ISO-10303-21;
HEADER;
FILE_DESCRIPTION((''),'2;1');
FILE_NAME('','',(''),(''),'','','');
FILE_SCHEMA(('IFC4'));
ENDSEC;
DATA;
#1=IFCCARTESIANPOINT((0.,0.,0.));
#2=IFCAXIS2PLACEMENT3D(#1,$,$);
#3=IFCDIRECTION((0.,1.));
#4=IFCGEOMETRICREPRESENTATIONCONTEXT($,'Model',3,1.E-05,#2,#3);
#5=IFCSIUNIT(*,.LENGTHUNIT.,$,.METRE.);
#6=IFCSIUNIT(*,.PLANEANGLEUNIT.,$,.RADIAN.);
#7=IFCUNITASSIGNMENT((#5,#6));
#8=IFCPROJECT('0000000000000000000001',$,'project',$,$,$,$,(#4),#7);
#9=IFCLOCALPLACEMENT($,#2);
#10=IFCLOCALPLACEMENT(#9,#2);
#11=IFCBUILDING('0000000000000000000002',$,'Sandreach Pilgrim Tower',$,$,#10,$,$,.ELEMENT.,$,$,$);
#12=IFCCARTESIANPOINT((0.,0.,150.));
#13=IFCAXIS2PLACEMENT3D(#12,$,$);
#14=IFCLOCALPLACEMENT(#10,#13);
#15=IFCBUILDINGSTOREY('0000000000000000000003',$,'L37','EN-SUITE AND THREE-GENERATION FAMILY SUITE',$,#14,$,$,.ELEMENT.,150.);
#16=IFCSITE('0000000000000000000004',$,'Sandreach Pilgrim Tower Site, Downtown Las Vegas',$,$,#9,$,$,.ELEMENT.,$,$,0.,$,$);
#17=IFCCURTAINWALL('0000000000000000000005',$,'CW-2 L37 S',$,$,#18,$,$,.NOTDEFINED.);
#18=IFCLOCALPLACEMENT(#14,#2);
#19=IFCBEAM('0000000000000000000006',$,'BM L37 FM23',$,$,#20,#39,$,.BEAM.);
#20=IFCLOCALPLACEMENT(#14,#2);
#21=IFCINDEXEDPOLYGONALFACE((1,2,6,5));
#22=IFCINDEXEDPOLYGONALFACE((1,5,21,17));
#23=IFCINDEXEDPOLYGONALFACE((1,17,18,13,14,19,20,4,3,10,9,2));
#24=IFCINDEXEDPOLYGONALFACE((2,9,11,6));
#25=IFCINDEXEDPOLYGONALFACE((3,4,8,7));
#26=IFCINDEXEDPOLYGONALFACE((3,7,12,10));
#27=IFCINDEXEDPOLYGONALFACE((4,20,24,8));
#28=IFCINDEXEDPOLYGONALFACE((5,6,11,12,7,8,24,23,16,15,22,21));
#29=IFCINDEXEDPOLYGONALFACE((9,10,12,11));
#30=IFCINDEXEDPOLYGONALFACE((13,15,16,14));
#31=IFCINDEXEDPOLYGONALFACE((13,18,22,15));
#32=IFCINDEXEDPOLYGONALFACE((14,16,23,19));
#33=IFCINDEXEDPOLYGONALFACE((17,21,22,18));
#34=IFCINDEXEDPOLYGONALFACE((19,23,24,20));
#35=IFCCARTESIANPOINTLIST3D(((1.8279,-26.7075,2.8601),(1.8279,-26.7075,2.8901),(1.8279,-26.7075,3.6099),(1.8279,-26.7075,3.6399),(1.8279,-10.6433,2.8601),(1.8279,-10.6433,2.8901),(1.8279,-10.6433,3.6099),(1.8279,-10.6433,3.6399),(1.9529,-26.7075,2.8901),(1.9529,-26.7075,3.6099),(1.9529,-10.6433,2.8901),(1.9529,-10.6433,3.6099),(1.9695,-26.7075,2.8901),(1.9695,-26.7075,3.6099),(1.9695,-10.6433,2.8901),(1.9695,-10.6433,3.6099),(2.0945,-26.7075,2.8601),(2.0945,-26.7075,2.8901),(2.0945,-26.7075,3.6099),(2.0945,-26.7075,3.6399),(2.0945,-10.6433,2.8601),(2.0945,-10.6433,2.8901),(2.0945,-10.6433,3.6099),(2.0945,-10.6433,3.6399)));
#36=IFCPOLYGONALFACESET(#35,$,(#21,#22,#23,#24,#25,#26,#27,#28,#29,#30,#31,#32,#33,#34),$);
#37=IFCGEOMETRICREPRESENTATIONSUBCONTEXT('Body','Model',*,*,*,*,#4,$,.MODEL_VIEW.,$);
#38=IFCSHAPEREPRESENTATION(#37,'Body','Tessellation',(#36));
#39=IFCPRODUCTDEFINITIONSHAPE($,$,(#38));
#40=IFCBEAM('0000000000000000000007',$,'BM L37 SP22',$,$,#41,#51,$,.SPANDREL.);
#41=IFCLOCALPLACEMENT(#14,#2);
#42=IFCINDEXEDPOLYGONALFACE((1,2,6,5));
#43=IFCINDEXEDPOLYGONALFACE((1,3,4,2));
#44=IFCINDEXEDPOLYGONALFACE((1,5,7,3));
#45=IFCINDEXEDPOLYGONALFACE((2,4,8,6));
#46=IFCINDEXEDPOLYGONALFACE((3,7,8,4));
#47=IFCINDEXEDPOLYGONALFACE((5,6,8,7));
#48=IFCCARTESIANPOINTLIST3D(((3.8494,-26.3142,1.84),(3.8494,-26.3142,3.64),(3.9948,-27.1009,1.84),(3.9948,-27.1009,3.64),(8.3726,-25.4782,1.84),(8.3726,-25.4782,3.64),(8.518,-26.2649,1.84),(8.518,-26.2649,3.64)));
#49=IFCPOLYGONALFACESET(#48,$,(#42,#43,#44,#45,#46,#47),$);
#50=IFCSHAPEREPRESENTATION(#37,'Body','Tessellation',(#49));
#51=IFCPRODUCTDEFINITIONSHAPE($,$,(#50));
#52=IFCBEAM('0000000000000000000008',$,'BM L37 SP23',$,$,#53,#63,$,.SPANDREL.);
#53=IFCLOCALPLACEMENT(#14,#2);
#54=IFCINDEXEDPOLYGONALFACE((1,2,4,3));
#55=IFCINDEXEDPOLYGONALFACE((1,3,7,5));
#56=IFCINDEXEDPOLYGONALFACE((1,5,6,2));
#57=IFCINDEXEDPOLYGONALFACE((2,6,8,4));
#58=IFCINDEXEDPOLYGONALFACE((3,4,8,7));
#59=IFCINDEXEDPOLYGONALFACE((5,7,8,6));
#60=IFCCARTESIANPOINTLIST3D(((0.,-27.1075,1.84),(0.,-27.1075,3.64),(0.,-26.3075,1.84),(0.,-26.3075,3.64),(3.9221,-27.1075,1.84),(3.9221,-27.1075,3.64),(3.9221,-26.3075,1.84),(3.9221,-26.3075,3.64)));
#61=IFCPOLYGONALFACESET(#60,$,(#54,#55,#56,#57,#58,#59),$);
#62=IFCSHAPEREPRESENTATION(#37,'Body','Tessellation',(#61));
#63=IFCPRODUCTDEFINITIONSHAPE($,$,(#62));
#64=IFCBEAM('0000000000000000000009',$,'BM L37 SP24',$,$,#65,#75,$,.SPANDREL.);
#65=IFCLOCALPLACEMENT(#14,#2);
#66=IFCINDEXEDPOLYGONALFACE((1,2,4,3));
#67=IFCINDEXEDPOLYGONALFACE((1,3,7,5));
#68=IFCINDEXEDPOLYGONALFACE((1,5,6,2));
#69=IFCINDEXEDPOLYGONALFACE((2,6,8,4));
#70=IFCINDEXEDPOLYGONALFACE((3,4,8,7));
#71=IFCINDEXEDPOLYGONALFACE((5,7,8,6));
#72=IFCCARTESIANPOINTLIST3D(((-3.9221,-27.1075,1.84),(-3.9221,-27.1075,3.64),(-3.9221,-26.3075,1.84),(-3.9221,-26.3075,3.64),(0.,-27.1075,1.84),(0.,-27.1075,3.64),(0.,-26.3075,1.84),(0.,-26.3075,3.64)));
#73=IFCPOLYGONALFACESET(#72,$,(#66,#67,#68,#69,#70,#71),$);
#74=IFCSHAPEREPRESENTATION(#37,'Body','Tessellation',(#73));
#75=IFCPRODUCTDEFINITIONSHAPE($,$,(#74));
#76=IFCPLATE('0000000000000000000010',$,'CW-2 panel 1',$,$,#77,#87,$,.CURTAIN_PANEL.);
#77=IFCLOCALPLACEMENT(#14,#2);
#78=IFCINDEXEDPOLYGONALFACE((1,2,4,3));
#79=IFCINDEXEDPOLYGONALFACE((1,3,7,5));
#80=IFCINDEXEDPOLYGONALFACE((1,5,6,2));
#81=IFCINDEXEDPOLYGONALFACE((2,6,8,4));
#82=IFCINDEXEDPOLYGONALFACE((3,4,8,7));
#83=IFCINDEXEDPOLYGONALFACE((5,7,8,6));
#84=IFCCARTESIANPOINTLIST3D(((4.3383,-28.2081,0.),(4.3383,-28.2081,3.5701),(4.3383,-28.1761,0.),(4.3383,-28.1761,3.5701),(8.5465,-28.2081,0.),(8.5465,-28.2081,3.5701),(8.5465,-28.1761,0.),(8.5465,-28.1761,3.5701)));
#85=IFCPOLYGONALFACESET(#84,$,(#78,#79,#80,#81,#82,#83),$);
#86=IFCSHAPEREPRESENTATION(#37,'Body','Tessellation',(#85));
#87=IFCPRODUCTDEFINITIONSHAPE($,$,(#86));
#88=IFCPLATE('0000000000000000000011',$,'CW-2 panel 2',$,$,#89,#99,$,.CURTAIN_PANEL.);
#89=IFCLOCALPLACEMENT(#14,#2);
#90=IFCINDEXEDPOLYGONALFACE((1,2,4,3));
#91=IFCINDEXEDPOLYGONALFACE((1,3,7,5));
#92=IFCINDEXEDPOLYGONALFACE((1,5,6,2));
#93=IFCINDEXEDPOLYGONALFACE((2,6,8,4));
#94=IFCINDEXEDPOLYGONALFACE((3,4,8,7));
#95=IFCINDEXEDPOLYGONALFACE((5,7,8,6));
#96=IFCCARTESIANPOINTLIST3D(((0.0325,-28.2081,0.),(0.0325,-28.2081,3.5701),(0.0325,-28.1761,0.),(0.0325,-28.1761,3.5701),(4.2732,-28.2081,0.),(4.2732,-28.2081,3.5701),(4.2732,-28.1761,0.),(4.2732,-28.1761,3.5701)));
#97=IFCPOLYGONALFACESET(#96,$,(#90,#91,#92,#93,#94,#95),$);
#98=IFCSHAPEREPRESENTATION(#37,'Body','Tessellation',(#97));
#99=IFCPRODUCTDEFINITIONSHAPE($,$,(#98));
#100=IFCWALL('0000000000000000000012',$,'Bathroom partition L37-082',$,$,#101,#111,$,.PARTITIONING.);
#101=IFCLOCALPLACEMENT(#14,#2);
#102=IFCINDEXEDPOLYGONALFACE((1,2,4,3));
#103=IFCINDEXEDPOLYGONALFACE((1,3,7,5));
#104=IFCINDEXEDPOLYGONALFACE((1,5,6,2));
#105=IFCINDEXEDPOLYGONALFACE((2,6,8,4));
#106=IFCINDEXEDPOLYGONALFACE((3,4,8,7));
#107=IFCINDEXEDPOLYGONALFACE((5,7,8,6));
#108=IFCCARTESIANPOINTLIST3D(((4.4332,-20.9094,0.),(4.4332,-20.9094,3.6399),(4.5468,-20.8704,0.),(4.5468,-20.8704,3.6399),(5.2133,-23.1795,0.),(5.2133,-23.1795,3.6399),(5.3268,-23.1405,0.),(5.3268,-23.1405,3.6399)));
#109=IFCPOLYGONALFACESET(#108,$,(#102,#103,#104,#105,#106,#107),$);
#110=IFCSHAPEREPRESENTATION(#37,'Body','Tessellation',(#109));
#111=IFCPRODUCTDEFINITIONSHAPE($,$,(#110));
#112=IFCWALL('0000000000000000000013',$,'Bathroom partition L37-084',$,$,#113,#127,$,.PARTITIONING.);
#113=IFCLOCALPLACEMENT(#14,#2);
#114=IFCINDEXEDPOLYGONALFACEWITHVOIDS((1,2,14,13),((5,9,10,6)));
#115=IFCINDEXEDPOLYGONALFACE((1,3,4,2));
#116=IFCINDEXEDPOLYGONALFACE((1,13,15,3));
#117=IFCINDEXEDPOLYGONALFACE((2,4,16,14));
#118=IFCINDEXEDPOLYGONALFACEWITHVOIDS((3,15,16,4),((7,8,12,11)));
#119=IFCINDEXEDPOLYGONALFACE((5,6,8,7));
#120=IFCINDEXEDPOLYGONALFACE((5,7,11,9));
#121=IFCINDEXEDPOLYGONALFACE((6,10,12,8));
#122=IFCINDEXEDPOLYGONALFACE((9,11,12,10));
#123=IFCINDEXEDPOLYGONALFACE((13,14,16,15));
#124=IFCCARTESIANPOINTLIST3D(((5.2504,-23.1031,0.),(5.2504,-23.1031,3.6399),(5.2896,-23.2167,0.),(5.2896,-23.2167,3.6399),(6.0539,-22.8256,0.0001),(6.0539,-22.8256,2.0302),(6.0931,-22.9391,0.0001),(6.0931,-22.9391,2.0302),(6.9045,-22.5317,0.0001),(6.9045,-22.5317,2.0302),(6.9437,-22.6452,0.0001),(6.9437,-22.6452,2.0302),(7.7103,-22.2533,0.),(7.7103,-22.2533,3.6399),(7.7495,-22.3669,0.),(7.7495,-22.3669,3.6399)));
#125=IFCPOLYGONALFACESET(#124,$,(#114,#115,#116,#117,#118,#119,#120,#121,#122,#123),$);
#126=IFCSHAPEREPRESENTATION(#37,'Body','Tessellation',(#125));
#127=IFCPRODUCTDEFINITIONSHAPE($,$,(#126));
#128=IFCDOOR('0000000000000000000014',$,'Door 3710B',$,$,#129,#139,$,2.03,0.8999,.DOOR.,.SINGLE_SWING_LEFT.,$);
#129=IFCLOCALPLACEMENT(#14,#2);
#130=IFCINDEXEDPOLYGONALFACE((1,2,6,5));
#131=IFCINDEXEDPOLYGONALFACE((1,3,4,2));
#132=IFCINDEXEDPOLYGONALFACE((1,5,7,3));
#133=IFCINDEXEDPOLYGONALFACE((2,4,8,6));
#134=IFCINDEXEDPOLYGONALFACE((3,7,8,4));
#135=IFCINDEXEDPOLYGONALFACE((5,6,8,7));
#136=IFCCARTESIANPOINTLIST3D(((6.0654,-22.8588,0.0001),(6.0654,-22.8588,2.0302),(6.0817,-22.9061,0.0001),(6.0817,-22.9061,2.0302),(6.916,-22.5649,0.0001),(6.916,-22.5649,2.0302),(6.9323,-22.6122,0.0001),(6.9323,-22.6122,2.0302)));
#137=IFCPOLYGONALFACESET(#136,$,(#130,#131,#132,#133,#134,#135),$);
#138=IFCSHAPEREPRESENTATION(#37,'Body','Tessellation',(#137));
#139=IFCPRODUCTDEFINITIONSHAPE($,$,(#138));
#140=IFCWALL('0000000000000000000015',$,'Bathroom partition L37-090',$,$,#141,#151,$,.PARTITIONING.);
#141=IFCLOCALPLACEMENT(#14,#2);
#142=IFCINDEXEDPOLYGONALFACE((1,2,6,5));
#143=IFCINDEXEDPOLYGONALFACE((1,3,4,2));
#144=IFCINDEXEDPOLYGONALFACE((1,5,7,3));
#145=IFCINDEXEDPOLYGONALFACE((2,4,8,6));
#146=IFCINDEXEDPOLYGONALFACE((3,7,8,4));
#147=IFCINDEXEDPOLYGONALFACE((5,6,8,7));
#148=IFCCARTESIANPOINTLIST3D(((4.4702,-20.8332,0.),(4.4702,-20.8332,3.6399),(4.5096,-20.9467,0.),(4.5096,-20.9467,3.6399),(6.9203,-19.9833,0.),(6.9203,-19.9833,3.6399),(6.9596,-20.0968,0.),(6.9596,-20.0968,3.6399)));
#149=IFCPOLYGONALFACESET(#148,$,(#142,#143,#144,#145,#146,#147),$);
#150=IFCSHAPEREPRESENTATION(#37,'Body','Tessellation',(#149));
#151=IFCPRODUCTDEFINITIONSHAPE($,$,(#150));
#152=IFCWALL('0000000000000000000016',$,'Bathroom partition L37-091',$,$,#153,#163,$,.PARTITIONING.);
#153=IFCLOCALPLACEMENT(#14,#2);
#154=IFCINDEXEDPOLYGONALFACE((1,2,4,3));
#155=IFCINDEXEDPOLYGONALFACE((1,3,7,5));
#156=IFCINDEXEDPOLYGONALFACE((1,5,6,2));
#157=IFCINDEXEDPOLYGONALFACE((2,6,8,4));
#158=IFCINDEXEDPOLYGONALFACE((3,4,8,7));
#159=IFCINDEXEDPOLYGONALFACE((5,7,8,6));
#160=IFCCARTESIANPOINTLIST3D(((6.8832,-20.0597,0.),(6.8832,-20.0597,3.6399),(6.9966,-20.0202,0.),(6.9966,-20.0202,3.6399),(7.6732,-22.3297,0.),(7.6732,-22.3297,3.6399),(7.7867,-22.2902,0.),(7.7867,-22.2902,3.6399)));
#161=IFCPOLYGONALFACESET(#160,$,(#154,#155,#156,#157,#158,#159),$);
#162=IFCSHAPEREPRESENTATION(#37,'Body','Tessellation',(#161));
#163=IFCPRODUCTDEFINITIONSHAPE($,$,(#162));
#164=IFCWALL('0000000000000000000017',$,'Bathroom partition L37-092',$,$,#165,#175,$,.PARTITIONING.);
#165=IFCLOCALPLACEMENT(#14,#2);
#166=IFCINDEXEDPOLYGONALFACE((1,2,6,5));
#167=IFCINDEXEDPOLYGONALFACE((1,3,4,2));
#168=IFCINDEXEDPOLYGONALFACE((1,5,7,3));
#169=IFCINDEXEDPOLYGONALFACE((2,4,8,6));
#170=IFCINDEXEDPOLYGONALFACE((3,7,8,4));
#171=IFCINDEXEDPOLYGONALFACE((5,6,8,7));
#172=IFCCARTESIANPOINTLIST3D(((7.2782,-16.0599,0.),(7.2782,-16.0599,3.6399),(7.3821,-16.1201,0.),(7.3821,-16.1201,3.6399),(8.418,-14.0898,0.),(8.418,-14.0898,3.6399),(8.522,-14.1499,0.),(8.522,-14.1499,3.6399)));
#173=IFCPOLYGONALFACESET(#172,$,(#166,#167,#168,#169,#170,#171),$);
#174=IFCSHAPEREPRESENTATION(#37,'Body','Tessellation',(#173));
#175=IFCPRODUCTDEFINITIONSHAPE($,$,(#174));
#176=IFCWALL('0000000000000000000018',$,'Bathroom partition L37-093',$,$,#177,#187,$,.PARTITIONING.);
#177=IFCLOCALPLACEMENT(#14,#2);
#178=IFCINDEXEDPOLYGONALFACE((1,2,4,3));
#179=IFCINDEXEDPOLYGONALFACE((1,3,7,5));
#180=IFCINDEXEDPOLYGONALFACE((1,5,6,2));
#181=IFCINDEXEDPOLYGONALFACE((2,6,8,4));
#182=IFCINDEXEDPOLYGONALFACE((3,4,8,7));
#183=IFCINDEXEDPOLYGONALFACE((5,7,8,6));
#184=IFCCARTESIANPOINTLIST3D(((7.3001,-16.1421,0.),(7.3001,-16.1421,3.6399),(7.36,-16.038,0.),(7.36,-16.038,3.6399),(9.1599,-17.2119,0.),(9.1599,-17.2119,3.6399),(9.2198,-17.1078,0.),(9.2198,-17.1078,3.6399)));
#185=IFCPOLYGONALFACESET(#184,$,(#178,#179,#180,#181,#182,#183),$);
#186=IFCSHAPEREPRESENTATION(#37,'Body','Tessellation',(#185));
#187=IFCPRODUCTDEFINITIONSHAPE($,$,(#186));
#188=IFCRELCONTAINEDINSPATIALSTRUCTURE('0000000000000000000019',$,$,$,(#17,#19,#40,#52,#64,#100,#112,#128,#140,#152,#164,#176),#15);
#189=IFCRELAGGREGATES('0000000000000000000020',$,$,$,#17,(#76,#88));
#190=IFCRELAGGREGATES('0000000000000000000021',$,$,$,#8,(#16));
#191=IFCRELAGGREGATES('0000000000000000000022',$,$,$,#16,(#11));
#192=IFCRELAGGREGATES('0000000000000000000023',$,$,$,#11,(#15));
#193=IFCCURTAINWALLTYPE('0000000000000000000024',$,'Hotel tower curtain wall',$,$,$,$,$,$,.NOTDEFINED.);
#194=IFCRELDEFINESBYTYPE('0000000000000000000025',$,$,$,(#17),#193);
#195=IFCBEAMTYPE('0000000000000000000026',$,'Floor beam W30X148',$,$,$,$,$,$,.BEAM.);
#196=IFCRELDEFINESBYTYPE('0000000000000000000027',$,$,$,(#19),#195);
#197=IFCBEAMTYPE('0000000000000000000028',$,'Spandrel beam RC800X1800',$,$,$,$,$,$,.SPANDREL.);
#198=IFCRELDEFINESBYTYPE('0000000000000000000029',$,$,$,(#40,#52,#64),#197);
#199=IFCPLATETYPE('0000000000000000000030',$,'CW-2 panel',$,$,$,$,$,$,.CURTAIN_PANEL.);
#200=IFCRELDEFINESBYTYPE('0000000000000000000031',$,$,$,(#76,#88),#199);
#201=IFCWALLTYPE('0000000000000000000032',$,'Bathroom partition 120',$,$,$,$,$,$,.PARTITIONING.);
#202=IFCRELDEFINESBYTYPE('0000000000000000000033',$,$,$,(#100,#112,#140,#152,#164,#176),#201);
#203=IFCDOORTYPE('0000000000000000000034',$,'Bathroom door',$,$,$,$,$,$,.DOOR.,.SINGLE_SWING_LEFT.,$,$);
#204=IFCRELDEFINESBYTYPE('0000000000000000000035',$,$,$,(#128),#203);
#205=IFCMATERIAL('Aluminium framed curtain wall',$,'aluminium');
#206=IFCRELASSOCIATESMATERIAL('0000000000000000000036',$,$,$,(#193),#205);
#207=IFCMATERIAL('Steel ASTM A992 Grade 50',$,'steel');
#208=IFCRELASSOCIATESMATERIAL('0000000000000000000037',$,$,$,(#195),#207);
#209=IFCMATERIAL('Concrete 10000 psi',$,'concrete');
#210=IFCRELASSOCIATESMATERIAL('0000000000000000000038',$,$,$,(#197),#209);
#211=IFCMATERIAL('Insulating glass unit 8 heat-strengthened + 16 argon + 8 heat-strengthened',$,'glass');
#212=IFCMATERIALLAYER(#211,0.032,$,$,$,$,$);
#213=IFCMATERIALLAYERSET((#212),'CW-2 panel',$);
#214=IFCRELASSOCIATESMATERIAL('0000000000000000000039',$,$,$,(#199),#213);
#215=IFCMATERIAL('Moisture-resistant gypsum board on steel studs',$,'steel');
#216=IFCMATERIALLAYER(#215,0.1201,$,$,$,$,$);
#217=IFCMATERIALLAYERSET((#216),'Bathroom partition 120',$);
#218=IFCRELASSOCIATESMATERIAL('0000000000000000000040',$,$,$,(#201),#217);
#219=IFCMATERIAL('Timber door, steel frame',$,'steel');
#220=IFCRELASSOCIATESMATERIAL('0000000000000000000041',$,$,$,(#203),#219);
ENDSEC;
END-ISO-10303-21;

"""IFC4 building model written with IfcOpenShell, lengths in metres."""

from ifc_helpers import new_model, si_unit, direction, frame, frame_2d, origin, origin_2d, place, context, subcontext, project, spatial, rectangle, i_section, extrude, material, layer, layer_set, material_profile, profile_set, type_object, element, fill, aggregate, save


model = new_model("IFC4")

# Units and contexts
model_context = context("Model", 3, precision=1e-05, world=origin(), true_north=direction((0.0, 1.0)))
body_context = subcontext(model_context, "Body", "Model", "MODEL_VIEW")
ifc_project = project(units=[si_unit("LENGTHUNIT", "METRE"), si_unit("PLANEANGLEUNIT", "RADIAN")], contexts=[model_context])

# Site, building, storey
site_placement = place(None, origin())
site = spatial("IfcSite", under=ifc_project, at=site_placement, Name="Sandreach Pilgrim Tower Site, Downtown Las Vegas", CompositionType="ELEMENT", RefElevation=0.0)
building_placement = place(site_placement, origin())
building = spatial("IfcBuilding", under=site, at=building_placement, Name="Sandreach Pilgrim Tower", CompositionType="ELEMENT")
storey_placement = place(building_placement, frame((0.0, 0.0, 150.0)))
storey = spatial("IfcBuildingStorey", under=building, at=storey_placement, Name="L37", Description="EN-SUITE AND THREE-GENERATION FAMILY SUITE", CompositionType="ELEMENT", Elevation=150.0)

# Curtain wall
ifc_material_1 = material(Name="Aluminium framed curtain wall", Category="aluminium")
curtain_wall_type = type_object("IfcCurtainWallType", Name="Hotel tower curtain wall", PredefinedType="NOTDEFINED", material=ifc_material_1)
curtain_wall_placement = place(storey_placement, origin())
curtain_wall = element("IfcCurtainWall", 1, at=curtain_wall_placement, inside=storey, type_object=curtain_wall_type, Name="CW-2 L37 S", PredefinedType="NOTDEFINED")

# Beams
ifc_material_2 = material(Name="Steel ASTM A992 Grade 50", Category="steel")
ifc_material_profile_1 = material_profile(ifc_material_2, i_section(OverallWidth=0.2666, OverallDepth=0.7798, WebThickness=0.0166, FlangeThickness=0.03, at=origin_2d()), Name="W30X148")
ifc_profile_set_1 = profile_set([ifc_material_profile_1], Name="Steel ASTM A992 Grade 50")
beam_type_1 = type_object("IfcBeamType", Name="Floor beam W30X148", PredefinedType="BEAM", material=ifc_profile_set_1)
beam_1_placement = place(storey_placement, frame((1.9612, -26.7075, 3.25), z_axis=(0.0, 1.0, 0.0), x_axis=(-1.0, 0.0, 0.0)))
element("IfcBeam", 2, at=beam_1_placement, inside=storey, type_object=beam_type_1, Name="BM L37 FM23", PredefinedType="BEAM", context=body_context, shape_type="SweptSolid", body=[
    extrude(i_section(OverallWidth=0.2666, OverallDepth=0.7798, WebThickness=0.0166, FlangeThickness=0.03, at=origin_2d()), origin(), (0.0, 0.0, 1.0), 16.0642),
])
ifc_material_3 = material(Name="Concrete 10000 psi", Category="concrete")
ifc_material_profile_2 = material_profile(ifc_material_3, rectangle(XDim=0.8, YDim=1.8, at=origin_2d()), Name="RC800X1800")
ifc_profile_set_2 = profile_set([ifc_material_profile_2], Name="Concrete 10000 psi")
beam_type_2 = type_object("IfcBeamType", Name="Spandrel beam RC800X1800", PredefinedType="SPANDREL", material=ifc_profile_set_2)
beam_2_placement = place(storey_placement, frame((8.4453, -25.8716, 2.74), z_axis=(-0.983348, -0.181734, 0.0), x_axis=(0.181734, -0.983348, 0.0)))
element("IfcBeam", 3, at=beam_2_placement, inside=storey, type_object=beam_type_2, Name="BM L37 SP22", PredefinedType="SPANDREL", context=body_context, shape_type="SweptSolid", body=[
    extrude(rectangle(XDim=0.8, YDim=1.8, at=origin_2d()), origin(), (0.0, 0.0, 1.0), 4.5999),
])
for number, where, z_axis, x_axis, name in (
    (4, (3.9221, -26.7075, 2.74), (-1.0, 0.0, 0.0), (0.0, -1.0, 0.0), "BM L37 SP23"),
    (5, (0.0, -26.7075, 2.74), (-1.0, 0.0, 0.0), (0.0, -1.0, 0.0), "BM L37 SP24"),
):
    element("IfcBeam", number, at=place(storey_placement, frame(where, z_axis=z_axis, x_axis=x_axis)), inside=storey, type_object=beam_type_2, Name=name, PredefinedType="SPANDREL", context=body_context, shape_type="SweptSolid", body=[
        extrude(rectangle(XDim=0.8, YDim=1.8, at=origin_2d()), origin(), (0.0, 0.0, 1.0), 3.9221),
    ])

# Plates
ifc_material_4 = material(Name="Insulating glass unit 8 heat-strengthened + 16 argon + 8 heat-strengthened", Category="glass")
ifc_layer_1 = layer(ifc_material_4, 0.032)
ifc_layer_set_1 = layer_set([ifc_layer_1], Name="CW-2 panel")
plate_type = type_object("IfcPlateType", Name="CW-2 panel", PredefinedType="CURTAIN_PANEL", material=ifc_layer_set_1)
plate_1_placement = place(storey_placement, frame((6.4424, -28.1921, 0.0), z_axis=(0.0, 0.0, 1.0), x_axis=(-1.0, 0.0, 0.0)))
plate_1 = element("IfcPlate", 6, at=plate_1_placement, type_object=plate_type, Name="CW-2 panel 1", PredefinedType="CURTAIN_PANEL", context=body_context, shape_type="SweptSolid", body=[
    extrude(rectangle(XDim=4.2083, YDim=0.032, at=origin_2d()), origin(), (0.0, 0.0, 1.0), 3.5701),
])
plate_2_placement = place(storey_placement, frame((2.1528, -28.1921, 0.0), z_axis=(0.0, 0.0, 1.0), x_axis=(-1.0, 0.0, 0.0)))
plate_2 = element("IfcPlate", 7, at=plate_2_placement, type_object=plate_type, Name="CW-2 panel 2", PredefinedType="CURTAIN_PANEL", context=body_context, shape_type="SweptSolid", body=[
    extrude(rectangle(XDim=4.2407, YDim=0.032, at=origin_2d()), origin(), (0.0, 0.0, 1.0), 3.5701),
])
aggregate(curtain_wall, [plate_1, plate_2])

# Wall
ifc_material_5 = material(Name="Moisture-resistant gypsum board on steel studs", Category="steel")
ifc_layer_2 = layer(ifc_material_5, 0.1201)
ifc_layer_set_2 = layer_set([ifc_layer_2], Name="Bathroom partition 120")
wall_type_1 = type_object("IfcWallType", Name="Bathroom partition 120", PredefinedType="PARTITIONING", material=ifc_layer_set_2)
wall_1_placement = place(storey_placement, frame((4.49, -20.8899, 0.0), z_axis=(0.0, 0.0, 1.0), x_axis=(0.324972, -0.945724, 0.0)))
element("IfcWall", 8, at=wall_1_placement, inside=storey, type_object=wall_type_1, Name="Bathroom partition L37-082", PredefinedType="PARTITIONING", context=body_context, shape_type="SweptSolid", body=[
    extrude(rectangle(XDim=2.4004, YDim=0.1201, at=frame_2d((1.2002, 0.0))), origin(), (0.0, 0.0, 1.0), 3.6399),
])

# Wall, opening, door
wall_2_placement = place(storey_placement, frame((5.27, -23.1599, 0.0), z_axis=(0.0, 0.0, 1.0), x_axis=(0.945184, 0.326537, 0.0)))
wall_2 = element("IfcWall", 9, at=wall_2_placement, inside=storey, type_object=wall_type_1, Name="Bathroom partition L37-084", PredefinedType="PARTITIONING", context=body_context, shape_type="SweptSolid", body=[
    extrude(rectangle(XDim=2.6025, YDim=0.1201, at=frame_2d((1.3013, 0.0))), origin(), (0.0, 0.0, 1.0), 3.6399),
])
opening_1_placement = place(wall_2_placement, frame((0.8501, 0.0, 0.0)))
opening_1 = element("IfcOpeningElement", 10, at=opening_1_placement, cuts=wall_2, PredefinedType="OPENING", context=body_context, shape_type="SweptSolid", body=[
    extrude(rectangle(XDim=0.8999, YDim=2.03, at=frame_2d((0.45, 1.0151))), frame((0.0, 0.0601, 0.0), z_axis=(0.0, -1.0, 0.0), x_axis=(1.0, 0.0, 0.0)), (0.0, 0.0, 1.0), 0.1201),
])
ifc_material_6 = material(Name="Timber door, steel frame", Category="steel")
door_type_1 = type_object("IfcDoorType", Name="Bathroom door", OperationType="SINGLE_SWING_LEFT", PredefinedType="DOOR", material=ifc_material_6)
door_1_placement = place(opening_1_placement, origin())
door_1 = element("IfcDoor", 11, at=door_1_placement, inside=storey, type_object=door_type_1, Name="Door 3710B", OperationType="SINGLE_SWING_LEFT", OverallHeight=2.03, OverallWidth=0.8999, PredefinedType="DOOR", context=body_context, shape_type="SweptSolid", body=[
    extrude(rectangle(XDim=0.8999, YDim=2.03, at=frame_2d((0.45, 1.0151))), frame((0.0, 0.0249, 0.0), z_axis=(0.0, -1.0, 0.0), x_axis=(1.0, 0.0, 0.0)), (0.0, 0.0, 1.0), 0.05),
])
fill(opening_1, door_1)

# Walls
wall_3_placement = place(storey_placement, frame((6.9399, -20.04, 0.0), z_axis=(0.0, 0.0, 1.0), x_axis=(-0.944772, -0.327728, 0.0)))
element("IfcWall", 12, at=wall_3_placement, inside=storey, type_object=wall_type_1, Name="Bathroom partition L37-090", PredefinedType="PARTITIONING", context=body_context, shape_type="SweptSolid", body=[
    extrude(rectangle(XDim=2.5933, YDim=0.1201, at=frame_2d((1.2966, 0.0))), origin(), (0.0, 0.0, 1.0), 3.6399),
])
wall_4_placement = place(storey_placement, frame((6.9399, -20.04, 0.0), z_axis=(0.0, 0.0, 1.0), x_axis=(0.328694, -0.944436, 0.0)))
element("IfcWall", 13, at=wall_4_placement, inside=storey, type_object=wall_type_1, Name="Bathroom partition L37-091", PredefinedType="PARTITIONING", context=body_context, shape_type="SweptSolid", body=[
    extrude(rectangle(XDim=2.4036, YDim=0.1201, at=frame_2d((1.2017, 0.0))), origin(), (0.0, 0.0, 1.0), 3.6399),
])
wall_5_placement = place(storey_placement, frame((7.3301, -16.0901, 0.0), z_axis=(0.0, 0.0, 1.0), x_axis=(0.500787, 0.865571, 0.0)))
element("IfcWall", 14, at=wall_5_placement, inside=storey, type_object=wall_type_1, Name="Bathroom partition L37-092", PredefinedType="PARTITIONING", context=body_context, shape_type="SweptSolid", body=[
    extrude(rectangle(XDim=2.2761, YDim=0.1201, at=frame_2d((1.1382, 0.0))), origin(), (0.0, 0.0, 1.0), 3.6399),
])
wall_6_placement = place(storey_placement, frame((7.3301, -16.0901, 0.0), z_axis=(0.0, 0.0, 1.0), x_axis=(0.866825, -0.498612, 0.0)))
element("IfcWall", 15, at=wall_6_placement, inside=storey, type_object=wall_type_1, Name="Bathroom partition L37-093", PredefinedType="PARTITIONING", context=body_context, shape_type="SweptSolid", body=[
    extrude(rectangle(XDim=2.1455, YDim=0.1201, at=frame_2d((1.0728, 0.0))), origin(), (0.0, 0.0, 1.0), 3.6399),
])

save(model, "model.ifc")
